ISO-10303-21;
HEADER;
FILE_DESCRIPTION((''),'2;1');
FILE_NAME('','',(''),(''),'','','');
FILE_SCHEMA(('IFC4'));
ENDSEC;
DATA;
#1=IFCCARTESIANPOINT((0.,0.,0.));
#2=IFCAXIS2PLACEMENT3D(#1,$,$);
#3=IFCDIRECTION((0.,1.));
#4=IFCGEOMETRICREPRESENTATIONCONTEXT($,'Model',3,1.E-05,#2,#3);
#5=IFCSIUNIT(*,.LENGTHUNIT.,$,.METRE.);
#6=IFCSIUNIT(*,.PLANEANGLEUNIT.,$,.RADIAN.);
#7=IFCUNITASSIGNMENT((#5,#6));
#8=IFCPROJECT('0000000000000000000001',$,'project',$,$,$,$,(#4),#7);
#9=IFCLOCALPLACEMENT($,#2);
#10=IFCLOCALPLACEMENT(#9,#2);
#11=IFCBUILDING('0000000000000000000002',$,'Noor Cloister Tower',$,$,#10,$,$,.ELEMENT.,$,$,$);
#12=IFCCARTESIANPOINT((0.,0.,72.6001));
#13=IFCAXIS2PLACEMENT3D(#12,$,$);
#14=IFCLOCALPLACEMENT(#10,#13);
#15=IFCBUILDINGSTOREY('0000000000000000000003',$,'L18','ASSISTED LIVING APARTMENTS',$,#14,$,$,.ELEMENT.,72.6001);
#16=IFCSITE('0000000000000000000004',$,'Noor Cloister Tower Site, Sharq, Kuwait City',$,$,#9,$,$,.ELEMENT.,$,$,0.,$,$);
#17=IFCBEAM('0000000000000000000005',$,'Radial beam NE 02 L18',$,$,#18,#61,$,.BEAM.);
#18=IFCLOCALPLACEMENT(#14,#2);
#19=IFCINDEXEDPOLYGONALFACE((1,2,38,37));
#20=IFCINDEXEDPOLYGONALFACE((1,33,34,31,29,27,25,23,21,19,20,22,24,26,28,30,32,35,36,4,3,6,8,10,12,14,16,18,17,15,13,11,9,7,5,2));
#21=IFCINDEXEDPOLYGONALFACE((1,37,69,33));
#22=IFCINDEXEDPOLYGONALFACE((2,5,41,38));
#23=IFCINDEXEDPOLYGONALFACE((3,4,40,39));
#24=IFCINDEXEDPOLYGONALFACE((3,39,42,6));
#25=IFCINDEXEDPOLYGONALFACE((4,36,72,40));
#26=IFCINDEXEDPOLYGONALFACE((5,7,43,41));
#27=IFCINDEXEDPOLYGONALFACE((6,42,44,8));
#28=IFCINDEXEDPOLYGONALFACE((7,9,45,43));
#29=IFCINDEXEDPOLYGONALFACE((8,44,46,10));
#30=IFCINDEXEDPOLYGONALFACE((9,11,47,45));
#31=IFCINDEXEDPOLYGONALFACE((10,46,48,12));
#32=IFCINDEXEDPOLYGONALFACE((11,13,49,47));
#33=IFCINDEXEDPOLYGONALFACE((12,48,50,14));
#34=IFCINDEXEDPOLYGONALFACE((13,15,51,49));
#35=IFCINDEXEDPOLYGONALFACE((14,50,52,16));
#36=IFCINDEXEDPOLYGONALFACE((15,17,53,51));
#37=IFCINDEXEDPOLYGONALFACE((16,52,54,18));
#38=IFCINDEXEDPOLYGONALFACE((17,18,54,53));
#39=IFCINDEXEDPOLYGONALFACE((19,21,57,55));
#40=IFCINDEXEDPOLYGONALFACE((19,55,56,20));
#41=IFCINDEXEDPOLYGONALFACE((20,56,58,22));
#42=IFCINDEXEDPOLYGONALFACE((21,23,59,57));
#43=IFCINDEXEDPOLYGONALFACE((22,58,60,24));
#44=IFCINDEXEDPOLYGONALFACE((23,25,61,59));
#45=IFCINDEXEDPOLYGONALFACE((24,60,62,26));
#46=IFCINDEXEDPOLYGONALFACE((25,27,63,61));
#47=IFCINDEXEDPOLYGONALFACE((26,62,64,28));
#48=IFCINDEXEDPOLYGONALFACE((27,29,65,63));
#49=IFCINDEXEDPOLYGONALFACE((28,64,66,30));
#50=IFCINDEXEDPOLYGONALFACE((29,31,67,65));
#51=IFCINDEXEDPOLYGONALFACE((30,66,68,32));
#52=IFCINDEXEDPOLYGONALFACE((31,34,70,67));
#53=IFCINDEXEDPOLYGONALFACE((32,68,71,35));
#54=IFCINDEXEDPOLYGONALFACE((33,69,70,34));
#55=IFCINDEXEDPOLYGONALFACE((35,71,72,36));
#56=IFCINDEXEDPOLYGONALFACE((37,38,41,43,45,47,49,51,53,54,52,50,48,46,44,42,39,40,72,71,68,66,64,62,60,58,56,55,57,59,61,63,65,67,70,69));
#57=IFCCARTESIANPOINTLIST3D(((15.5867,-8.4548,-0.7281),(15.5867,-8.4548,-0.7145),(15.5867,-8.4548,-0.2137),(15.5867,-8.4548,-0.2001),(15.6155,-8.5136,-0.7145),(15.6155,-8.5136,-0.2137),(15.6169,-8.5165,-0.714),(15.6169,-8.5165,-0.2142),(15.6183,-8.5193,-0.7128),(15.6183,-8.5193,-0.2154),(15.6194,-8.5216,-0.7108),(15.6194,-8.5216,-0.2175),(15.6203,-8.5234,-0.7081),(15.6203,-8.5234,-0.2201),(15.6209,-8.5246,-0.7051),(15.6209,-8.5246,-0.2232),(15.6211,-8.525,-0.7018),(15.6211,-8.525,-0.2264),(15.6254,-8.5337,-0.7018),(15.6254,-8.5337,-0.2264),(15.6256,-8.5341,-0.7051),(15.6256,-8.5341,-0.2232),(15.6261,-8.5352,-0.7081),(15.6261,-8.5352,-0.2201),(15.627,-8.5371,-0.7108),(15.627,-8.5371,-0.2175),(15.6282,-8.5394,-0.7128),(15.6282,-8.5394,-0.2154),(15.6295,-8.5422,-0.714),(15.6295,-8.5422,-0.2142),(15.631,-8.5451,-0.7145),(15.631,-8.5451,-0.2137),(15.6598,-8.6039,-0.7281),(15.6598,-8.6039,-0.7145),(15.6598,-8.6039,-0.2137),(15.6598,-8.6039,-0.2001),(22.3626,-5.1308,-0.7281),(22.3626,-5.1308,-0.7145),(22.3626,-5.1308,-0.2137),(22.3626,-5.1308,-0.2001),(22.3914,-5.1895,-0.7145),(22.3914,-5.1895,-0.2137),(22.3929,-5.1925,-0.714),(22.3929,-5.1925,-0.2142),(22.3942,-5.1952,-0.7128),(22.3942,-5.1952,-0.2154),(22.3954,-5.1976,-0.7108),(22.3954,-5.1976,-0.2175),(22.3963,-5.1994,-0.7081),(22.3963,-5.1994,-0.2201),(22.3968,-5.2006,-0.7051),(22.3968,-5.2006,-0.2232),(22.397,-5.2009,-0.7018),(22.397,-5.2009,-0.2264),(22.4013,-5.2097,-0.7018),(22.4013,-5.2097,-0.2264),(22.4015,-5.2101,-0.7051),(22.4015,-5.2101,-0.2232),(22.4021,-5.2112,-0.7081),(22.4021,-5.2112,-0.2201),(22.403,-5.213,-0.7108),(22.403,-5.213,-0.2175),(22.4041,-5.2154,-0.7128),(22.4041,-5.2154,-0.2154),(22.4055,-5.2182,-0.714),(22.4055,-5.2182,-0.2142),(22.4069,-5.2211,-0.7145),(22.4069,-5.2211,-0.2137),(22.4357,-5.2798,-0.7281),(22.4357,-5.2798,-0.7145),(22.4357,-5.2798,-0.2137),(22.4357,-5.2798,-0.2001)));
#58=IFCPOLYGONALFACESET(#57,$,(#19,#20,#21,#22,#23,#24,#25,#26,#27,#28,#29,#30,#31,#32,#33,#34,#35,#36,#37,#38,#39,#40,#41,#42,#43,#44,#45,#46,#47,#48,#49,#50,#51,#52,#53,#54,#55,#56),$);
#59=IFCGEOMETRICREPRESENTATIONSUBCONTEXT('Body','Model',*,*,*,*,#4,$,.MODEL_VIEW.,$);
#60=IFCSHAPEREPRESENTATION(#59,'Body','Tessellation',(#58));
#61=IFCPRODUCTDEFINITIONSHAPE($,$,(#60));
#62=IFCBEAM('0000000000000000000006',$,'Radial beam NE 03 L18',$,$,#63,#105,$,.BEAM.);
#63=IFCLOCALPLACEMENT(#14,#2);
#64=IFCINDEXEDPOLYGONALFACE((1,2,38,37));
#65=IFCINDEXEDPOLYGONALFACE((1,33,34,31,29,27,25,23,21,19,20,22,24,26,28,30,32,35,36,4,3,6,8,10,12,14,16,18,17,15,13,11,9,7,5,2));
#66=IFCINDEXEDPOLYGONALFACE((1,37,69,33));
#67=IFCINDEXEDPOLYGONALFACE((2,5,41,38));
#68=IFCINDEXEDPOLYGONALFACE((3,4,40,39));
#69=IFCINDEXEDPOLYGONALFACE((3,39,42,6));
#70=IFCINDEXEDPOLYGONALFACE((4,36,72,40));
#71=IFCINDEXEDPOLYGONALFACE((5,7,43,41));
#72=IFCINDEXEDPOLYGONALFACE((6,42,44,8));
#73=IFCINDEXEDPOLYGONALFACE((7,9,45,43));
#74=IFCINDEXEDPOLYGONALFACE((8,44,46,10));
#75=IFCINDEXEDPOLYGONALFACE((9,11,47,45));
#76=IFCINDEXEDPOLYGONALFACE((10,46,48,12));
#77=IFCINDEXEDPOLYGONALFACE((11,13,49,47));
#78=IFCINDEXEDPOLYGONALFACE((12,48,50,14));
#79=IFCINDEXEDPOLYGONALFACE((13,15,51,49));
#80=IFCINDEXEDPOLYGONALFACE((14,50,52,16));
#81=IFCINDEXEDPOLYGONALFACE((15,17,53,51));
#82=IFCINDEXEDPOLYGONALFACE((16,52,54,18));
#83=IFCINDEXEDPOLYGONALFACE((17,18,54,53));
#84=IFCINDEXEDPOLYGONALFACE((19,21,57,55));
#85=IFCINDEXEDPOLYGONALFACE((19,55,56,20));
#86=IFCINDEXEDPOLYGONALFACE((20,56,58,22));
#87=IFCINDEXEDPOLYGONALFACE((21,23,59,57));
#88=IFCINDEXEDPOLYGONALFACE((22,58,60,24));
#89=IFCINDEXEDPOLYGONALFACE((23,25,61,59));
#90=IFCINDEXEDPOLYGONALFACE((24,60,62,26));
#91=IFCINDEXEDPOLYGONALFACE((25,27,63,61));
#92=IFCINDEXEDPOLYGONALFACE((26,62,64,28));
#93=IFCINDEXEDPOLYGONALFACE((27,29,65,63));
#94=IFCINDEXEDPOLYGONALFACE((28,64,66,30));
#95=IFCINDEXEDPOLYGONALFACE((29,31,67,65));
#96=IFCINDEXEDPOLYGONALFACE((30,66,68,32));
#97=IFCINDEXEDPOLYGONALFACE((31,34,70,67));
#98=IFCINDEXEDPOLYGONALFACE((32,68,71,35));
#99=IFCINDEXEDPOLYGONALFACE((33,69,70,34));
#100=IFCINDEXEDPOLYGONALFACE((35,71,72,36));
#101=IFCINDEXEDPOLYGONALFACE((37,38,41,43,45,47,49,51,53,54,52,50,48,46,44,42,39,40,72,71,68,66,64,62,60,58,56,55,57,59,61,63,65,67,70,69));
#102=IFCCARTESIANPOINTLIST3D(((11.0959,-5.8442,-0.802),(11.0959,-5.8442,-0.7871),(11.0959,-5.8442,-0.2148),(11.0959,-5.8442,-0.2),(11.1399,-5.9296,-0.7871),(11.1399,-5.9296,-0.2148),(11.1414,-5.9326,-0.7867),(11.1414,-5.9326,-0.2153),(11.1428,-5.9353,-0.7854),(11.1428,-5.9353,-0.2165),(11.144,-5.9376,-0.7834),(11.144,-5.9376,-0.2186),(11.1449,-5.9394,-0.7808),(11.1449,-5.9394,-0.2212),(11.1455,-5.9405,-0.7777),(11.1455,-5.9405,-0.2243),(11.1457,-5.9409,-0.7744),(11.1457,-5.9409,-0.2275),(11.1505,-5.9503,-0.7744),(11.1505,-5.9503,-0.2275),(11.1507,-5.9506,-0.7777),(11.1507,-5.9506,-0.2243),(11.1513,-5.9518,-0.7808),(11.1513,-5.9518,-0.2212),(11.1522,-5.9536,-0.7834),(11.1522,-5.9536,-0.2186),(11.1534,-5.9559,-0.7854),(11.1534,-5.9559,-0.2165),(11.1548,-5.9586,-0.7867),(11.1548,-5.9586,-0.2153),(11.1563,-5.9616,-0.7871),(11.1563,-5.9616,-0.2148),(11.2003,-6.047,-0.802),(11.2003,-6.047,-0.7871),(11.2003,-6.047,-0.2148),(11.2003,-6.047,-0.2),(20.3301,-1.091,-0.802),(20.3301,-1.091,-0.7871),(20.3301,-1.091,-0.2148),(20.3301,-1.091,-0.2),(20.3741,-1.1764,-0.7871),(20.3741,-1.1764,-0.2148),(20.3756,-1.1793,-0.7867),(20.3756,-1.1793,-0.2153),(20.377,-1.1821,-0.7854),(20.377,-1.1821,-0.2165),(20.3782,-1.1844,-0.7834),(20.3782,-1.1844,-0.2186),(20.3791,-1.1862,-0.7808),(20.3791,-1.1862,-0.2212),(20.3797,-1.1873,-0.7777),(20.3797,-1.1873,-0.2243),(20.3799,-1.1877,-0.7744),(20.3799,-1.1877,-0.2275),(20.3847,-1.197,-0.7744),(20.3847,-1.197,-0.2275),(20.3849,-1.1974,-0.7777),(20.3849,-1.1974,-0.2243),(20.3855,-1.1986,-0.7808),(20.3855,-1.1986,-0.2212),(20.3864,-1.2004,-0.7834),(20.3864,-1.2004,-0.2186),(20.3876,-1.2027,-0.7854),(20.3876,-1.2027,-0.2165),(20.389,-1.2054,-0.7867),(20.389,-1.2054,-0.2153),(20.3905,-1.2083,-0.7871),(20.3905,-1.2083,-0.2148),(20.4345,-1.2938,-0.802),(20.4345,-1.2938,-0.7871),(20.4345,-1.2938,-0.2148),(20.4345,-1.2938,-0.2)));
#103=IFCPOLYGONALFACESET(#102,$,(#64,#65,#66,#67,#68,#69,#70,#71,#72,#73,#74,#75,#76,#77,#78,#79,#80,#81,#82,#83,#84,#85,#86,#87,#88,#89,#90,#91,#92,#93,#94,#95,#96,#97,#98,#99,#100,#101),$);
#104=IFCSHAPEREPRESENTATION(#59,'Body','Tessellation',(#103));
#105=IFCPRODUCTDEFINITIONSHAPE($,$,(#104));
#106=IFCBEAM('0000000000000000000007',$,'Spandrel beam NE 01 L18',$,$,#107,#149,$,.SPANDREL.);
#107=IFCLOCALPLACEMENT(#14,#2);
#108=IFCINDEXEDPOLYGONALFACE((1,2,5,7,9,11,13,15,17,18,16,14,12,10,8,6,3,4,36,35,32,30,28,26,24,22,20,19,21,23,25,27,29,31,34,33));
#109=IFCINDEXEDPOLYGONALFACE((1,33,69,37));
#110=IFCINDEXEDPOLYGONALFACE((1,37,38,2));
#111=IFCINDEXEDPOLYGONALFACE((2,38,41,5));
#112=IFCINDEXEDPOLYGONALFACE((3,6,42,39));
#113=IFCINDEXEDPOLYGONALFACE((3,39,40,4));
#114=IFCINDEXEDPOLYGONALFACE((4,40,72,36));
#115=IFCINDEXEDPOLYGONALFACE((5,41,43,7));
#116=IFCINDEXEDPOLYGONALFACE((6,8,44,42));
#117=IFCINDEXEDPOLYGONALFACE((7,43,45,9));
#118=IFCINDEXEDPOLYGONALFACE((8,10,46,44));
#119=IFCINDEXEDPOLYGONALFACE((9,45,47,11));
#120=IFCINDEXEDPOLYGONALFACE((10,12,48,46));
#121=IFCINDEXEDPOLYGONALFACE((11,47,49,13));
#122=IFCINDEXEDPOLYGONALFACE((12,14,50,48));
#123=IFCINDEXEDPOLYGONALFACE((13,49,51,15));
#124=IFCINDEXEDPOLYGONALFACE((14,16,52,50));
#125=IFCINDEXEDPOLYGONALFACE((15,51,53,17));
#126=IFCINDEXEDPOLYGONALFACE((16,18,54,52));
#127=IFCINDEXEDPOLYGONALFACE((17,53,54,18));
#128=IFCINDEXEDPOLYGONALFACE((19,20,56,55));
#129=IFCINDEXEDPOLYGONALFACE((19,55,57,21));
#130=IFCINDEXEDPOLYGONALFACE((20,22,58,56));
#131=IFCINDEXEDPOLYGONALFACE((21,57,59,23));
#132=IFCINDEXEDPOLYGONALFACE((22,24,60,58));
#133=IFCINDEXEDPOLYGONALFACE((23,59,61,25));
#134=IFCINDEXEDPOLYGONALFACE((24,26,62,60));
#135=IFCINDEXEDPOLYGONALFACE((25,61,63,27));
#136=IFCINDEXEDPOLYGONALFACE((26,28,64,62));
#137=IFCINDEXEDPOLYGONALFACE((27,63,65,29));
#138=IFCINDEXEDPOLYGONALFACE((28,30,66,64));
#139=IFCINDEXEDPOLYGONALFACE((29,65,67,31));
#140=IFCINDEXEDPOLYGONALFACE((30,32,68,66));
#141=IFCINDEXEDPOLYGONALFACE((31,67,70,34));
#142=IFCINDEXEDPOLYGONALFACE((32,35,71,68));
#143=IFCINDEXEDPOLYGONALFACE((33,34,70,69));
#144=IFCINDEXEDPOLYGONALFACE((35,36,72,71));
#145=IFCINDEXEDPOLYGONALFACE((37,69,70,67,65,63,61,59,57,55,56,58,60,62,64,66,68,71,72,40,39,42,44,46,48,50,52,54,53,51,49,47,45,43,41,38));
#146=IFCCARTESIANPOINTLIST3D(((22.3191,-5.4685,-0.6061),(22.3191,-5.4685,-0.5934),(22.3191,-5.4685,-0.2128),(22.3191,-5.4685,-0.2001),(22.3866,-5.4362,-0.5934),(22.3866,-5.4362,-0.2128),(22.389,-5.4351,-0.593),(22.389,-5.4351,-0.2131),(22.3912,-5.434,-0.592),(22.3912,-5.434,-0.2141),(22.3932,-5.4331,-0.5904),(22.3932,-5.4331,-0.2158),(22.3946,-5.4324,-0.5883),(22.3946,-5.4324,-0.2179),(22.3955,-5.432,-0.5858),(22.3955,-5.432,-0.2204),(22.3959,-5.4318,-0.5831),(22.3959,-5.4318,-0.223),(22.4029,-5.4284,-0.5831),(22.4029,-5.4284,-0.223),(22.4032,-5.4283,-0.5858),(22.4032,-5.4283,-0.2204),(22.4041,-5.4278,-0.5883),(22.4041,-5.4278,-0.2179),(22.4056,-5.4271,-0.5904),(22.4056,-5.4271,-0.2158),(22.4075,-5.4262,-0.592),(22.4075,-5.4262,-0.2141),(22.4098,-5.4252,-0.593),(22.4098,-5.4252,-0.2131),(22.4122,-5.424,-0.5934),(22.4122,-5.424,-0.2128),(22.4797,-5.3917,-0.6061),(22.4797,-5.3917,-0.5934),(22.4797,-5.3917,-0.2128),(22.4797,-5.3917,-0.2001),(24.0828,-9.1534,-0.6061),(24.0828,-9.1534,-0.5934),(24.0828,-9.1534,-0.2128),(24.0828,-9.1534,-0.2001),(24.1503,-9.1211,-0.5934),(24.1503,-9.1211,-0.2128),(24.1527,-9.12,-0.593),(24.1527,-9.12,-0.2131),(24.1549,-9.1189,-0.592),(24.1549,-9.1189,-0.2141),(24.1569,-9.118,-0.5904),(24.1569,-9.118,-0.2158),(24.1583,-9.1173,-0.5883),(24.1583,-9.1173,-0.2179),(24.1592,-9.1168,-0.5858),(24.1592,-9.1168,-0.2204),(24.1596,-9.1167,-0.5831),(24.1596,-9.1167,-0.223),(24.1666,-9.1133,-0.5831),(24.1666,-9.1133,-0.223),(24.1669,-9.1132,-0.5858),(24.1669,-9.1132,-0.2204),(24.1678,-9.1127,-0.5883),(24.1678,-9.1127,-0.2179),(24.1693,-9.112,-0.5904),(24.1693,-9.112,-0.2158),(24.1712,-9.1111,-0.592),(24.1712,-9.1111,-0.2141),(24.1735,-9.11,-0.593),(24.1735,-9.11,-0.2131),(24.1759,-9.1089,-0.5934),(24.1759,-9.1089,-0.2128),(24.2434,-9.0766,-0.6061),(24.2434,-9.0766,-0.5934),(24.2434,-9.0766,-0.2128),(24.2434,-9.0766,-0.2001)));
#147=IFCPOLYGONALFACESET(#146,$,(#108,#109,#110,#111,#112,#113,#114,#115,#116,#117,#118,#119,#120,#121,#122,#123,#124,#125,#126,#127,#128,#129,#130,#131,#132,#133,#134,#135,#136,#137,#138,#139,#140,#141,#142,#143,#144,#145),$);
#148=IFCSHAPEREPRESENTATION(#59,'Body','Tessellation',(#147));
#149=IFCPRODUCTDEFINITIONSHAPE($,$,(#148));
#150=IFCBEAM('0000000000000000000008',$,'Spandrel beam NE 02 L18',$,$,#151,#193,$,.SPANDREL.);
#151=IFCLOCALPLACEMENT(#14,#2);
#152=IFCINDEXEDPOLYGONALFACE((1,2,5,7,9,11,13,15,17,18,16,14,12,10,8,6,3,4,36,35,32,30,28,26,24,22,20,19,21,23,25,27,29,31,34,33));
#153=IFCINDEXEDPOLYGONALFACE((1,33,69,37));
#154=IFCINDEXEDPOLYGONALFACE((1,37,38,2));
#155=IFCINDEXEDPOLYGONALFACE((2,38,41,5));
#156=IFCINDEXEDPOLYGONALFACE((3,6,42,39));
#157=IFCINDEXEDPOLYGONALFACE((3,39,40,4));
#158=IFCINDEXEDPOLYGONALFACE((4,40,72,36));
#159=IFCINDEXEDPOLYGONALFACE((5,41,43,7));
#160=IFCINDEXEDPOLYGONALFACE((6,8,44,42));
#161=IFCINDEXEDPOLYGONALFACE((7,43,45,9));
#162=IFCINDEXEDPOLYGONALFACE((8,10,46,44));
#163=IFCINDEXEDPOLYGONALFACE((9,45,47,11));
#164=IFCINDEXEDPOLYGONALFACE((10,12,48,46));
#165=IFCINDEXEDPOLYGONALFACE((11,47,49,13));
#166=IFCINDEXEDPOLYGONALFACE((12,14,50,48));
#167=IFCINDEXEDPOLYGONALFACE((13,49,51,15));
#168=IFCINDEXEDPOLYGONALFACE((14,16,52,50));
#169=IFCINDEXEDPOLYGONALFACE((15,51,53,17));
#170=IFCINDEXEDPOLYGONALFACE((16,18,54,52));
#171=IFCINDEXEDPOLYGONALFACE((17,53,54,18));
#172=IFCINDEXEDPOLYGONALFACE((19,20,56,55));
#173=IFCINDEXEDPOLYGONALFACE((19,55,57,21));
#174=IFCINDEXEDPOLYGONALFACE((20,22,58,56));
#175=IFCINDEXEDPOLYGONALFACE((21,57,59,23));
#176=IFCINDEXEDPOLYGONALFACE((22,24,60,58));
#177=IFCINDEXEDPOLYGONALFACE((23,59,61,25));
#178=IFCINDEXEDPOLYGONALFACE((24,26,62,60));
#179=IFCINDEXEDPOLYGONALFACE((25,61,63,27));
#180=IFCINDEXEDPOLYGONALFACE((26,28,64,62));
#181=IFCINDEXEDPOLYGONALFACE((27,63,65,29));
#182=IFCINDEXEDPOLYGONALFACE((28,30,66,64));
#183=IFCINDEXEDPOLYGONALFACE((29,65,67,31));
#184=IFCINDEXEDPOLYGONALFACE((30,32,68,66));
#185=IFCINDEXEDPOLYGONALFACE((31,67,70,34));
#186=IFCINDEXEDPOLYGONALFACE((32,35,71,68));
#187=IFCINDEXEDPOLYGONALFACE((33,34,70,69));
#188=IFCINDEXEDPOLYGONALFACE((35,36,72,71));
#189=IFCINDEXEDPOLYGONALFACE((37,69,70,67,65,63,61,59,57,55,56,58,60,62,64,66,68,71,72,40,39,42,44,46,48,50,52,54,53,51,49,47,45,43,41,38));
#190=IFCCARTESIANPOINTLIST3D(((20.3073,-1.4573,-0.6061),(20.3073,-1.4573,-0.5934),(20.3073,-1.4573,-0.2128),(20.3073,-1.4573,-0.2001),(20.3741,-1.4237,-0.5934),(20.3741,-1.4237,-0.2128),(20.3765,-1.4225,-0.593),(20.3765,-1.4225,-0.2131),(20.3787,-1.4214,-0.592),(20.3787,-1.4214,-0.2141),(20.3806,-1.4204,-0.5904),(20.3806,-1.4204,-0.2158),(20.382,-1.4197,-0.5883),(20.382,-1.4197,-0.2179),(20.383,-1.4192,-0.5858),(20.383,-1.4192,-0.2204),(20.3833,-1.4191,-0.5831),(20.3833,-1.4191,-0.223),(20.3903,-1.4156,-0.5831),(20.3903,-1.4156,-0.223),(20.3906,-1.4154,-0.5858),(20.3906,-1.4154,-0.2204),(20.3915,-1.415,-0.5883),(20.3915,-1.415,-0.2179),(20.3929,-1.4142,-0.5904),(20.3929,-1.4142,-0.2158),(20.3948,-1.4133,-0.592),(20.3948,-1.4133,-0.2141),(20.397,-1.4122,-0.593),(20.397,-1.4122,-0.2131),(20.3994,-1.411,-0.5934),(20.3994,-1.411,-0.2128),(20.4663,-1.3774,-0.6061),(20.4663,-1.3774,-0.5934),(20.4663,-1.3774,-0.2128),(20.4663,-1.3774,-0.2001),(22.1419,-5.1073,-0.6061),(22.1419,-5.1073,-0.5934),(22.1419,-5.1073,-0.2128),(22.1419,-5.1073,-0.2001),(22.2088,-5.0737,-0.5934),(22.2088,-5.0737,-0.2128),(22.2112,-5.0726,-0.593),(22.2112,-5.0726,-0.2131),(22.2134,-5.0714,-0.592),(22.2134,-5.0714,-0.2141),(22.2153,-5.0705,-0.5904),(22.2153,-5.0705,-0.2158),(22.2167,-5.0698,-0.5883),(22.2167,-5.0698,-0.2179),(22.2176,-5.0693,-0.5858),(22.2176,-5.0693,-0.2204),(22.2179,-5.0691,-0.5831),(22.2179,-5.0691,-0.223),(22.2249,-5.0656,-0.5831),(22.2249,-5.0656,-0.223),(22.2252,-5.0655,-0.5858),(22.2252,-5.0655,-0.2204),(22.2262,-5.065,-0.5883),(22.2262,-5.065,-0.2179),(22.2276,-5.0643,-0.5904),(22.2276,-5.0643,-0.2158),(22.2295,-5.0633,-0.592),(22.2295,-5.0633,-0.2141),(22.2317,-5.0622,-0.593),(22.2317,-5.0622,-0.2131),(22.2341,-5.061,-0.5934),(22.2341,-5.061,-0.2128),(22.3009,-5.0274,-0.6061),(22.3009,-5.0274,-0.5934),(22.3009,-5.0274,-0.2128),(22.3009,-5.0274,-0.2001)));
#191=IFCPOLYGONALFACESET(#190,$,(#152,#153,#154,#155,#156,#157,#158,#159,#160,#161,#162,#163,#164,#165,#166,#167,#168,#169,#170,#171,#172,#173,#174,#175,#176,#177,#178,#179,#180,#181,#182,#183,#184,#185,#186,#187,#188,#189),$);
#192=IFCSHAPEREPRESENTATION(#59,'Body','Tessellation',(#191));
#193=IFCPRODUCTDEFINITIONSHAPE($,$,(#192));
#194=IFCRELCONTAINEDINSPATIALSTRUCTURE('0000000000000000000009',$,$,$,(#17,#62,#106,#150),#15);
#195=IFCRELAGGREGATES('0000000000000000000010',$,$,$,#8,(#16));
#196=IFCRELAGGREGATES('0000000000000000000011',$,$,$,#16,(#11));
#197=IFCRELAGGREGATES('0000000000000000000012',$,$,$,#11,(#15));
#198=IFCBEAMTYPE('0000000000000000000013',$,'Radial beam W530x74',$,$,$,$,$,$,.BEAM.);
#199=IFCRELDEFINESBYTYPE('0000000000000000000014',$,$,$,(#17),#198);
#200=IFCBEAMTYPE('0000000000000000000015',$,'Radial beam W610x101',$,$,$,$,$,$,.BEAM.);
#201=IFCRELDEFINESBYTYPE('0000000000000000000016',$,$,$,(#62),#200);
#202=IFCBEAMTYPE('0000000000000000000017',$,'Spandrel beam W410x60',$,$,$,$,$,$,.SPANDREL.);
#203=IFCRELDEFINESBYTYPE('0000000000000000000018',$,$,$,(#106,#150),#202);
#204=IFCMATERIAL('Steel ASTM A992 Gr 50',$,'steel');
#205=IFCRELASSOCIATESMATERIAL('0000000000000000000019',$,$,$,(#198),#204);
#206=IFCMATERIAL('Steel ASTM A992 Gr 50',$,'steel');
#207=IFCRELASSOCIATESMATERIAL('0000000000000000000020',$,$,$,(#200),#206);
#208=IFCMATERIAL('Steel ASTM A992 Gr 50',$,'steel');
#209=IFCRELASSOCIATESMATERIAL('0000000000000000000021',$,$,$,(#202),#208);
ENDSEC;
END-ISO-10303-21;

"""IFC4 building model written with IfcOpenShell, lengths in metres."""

from ifc_helpers import new_model, si_unit, direction, frame, origin, origin_2d, place, context, subcontext, project, spatial, i_section, extrude, material, material_profile, profile_set, type_object, element, save


model = new_model("IFC4")

# Units and contexts
model_context = context("Model", 3, precision=1e-05, world=origin(), true_north=direction((0.0, 1.0)))
body_context = subcontext(model_context, "Body", "Model", "MODEL_VIEW")
ifc_project = project(units=[si_unit("LENGTHUNIT", "METRE"), si_unit("PLANEANGLEUNIT", "RADIAN")], contexts=[model_context])

# Site, building, storey
site_placement = place(None, origin())
site = spatial("IfcSite", under=ifc_project, at=site_placement, Name="Noor Cloister Tower Site, Sharq, Kuwait City", CompositionType="ELEMENT", RefElevation=0.0)
building_placement = place(site_placement, origin())
building = spatial("IfcBuilding", under=site, at=building_placement, Name="Noor Cloister Tower", CompositionType="ELEMENT")
storey_placement = place(building_placement, frame((0.0, 0.0, 72.6001)))
storey = spatial("IfcBuildingStorey", under=building, at=storey_placement, Name="L18", Description="ASSISTED LIVING APARTMENTS", CompositionType="ELEMENT", Elevation=72.6001)

# Beams
ifc_material_1 = material(Name="Steel ASTM A992 Gr 50", Category="steel")
ifc_material_profile_1 = material_profile(ifc_material_1, i_section(OverallWidth=0.166, OverallDepth=0.5281, WebThickness=0.0098, FlangeThickness=0.0137, FilletRadius=0.0127, at=origin_2d()), Name="W530x74")
ifc_profile_set_1 = profile_set([ifc_material_profile_1], Name="Steel ASTM A992 Gr 50")
beam_type_1 = type_object("IfcBeamType", Name="Radial beam W530x74", PredefinedType="BEAM", material=ifc_profile_set_1)
beam_1_placement = place(storey_placement, frame((22.3992, -5.2053, -0.4641), z_axis=(-0.897792, -0.440421, 0.0), x_axis=(0.440421, -0.897792, 0.0)))
element("IfcBeam", 1, at=beam_1_placement, inside=storey, type_object=beam_type_1, Name="Radial beam NE 02 L18", PredefinedType="BEAM", context=body_context, shape_type="SweptSolid", body=[
    extrude(i_section(OverallWidth=0.166, OverallDepth=0.5281, WebThickness=0.0098, FlangeThickness=0.0137, FilletRadius=0.0127, at=origin_2d()), origin(), (0.0, 0.0, 1.0), 7.5474),
])
ifc_material_2 = material(Name="Steel ASTM A992 Gr 50", Category="steel")
ifc_material_profile_2 = material_profile(ifc_material_2, i_section(OverallWidth=0.228, OverallDepth=0.6021, WebThickness=0.0105, FlangeThickness=0.0149, FilletRadius=0.0127, at=origin_2d()), Name="W610x101")
ifc_profile_set_2 = profile_set([ifc_material_profile_2], Name="Steel ASTM A992 Gr 50")
beam_type_2 = type_object("IfcBeamType", Name="Radial beam W610x101", PredefinedType="BEAM", material=ifc_profile_set_2)
beam_2_placement = place(storey_placement, frame((20.3823, -1.1924, -0.501), z_axis=(-0.889124, -0.457667, 0.0), x_axis=(0.457667, -0.889124, 0.0)))
element("IfcBeam", 2, at=beam_2_placement, inside=storey, type_object=beam_type_2, Name="Radial beam NE 03 L18", PredefinedType="BEAM", context=body_context, shape_type="SweptSolid", body=[
    extrude(i_section(OverallWidth=0.228, OverallDepth=0.6021, WebThickness=0.0105, FlangeThickness=0.0149, FilletRadius=0.0127, at=origin_2d()), origin(), (0.0, 0.0, 1.0), 10.3857),
])
ifc_material_3 = material(Name="Steel ASTM A992 Gr 50", Category="steel")
ifc_material_profile_3 = material_profile(ifc_material_3, i_section(OverallWidth=0.178, OverallDepth=0.406, WebThickness=0.0078, FlangeThickness=0.0127, FilletRadius=0.0103, at=origin_2d()), Name="W410x60")
ifc_profile_set_3 = profile_set([ifc_material_profile_3], Name="Steel ASTM A992 Gr 50")
beam_type_3 = type_object("IfcBeamType", Name="Spandrel beam W410x60", PredefinedType="SPANDREL", material=ifc_profile_set_3)
for number, where, z_axis, x_axis, name in (
    (3, (24.1631, -9.115, -0.4031), (-0.431728, 0.902004, 0.0), (-0.902004, -0.431728, 0.0), "Spandrel beam NE 01 L18"),
    (4, (22.2214, -5.0674, -0.4031), (-0.449101, 0.893481, 0.0), (-0.893481, -0.449101, 0.0), "Spandrel beam NE 02 L18"),
):
    element("IfcBeam", number, at=place(storey_placement, frame(where, z_axis=z_axis, x_axis=x_axis)), inside=storey, type_object=beam_type_3, Name=name, PredefinedType="SPANDREL", context=body_context, shape_type="SweptSolid", body=[
        extrude(i_section(OverallWidth=0.178, OverallDepth=0.406, WebThickness=0.0078, FlangeThickness=0.0127, FilletRadius=0.0103, at=origin_2d()), origin(), (0.0, 0.0, 1.0), 4.0852),
    ])

save(model, "model.ifc")
